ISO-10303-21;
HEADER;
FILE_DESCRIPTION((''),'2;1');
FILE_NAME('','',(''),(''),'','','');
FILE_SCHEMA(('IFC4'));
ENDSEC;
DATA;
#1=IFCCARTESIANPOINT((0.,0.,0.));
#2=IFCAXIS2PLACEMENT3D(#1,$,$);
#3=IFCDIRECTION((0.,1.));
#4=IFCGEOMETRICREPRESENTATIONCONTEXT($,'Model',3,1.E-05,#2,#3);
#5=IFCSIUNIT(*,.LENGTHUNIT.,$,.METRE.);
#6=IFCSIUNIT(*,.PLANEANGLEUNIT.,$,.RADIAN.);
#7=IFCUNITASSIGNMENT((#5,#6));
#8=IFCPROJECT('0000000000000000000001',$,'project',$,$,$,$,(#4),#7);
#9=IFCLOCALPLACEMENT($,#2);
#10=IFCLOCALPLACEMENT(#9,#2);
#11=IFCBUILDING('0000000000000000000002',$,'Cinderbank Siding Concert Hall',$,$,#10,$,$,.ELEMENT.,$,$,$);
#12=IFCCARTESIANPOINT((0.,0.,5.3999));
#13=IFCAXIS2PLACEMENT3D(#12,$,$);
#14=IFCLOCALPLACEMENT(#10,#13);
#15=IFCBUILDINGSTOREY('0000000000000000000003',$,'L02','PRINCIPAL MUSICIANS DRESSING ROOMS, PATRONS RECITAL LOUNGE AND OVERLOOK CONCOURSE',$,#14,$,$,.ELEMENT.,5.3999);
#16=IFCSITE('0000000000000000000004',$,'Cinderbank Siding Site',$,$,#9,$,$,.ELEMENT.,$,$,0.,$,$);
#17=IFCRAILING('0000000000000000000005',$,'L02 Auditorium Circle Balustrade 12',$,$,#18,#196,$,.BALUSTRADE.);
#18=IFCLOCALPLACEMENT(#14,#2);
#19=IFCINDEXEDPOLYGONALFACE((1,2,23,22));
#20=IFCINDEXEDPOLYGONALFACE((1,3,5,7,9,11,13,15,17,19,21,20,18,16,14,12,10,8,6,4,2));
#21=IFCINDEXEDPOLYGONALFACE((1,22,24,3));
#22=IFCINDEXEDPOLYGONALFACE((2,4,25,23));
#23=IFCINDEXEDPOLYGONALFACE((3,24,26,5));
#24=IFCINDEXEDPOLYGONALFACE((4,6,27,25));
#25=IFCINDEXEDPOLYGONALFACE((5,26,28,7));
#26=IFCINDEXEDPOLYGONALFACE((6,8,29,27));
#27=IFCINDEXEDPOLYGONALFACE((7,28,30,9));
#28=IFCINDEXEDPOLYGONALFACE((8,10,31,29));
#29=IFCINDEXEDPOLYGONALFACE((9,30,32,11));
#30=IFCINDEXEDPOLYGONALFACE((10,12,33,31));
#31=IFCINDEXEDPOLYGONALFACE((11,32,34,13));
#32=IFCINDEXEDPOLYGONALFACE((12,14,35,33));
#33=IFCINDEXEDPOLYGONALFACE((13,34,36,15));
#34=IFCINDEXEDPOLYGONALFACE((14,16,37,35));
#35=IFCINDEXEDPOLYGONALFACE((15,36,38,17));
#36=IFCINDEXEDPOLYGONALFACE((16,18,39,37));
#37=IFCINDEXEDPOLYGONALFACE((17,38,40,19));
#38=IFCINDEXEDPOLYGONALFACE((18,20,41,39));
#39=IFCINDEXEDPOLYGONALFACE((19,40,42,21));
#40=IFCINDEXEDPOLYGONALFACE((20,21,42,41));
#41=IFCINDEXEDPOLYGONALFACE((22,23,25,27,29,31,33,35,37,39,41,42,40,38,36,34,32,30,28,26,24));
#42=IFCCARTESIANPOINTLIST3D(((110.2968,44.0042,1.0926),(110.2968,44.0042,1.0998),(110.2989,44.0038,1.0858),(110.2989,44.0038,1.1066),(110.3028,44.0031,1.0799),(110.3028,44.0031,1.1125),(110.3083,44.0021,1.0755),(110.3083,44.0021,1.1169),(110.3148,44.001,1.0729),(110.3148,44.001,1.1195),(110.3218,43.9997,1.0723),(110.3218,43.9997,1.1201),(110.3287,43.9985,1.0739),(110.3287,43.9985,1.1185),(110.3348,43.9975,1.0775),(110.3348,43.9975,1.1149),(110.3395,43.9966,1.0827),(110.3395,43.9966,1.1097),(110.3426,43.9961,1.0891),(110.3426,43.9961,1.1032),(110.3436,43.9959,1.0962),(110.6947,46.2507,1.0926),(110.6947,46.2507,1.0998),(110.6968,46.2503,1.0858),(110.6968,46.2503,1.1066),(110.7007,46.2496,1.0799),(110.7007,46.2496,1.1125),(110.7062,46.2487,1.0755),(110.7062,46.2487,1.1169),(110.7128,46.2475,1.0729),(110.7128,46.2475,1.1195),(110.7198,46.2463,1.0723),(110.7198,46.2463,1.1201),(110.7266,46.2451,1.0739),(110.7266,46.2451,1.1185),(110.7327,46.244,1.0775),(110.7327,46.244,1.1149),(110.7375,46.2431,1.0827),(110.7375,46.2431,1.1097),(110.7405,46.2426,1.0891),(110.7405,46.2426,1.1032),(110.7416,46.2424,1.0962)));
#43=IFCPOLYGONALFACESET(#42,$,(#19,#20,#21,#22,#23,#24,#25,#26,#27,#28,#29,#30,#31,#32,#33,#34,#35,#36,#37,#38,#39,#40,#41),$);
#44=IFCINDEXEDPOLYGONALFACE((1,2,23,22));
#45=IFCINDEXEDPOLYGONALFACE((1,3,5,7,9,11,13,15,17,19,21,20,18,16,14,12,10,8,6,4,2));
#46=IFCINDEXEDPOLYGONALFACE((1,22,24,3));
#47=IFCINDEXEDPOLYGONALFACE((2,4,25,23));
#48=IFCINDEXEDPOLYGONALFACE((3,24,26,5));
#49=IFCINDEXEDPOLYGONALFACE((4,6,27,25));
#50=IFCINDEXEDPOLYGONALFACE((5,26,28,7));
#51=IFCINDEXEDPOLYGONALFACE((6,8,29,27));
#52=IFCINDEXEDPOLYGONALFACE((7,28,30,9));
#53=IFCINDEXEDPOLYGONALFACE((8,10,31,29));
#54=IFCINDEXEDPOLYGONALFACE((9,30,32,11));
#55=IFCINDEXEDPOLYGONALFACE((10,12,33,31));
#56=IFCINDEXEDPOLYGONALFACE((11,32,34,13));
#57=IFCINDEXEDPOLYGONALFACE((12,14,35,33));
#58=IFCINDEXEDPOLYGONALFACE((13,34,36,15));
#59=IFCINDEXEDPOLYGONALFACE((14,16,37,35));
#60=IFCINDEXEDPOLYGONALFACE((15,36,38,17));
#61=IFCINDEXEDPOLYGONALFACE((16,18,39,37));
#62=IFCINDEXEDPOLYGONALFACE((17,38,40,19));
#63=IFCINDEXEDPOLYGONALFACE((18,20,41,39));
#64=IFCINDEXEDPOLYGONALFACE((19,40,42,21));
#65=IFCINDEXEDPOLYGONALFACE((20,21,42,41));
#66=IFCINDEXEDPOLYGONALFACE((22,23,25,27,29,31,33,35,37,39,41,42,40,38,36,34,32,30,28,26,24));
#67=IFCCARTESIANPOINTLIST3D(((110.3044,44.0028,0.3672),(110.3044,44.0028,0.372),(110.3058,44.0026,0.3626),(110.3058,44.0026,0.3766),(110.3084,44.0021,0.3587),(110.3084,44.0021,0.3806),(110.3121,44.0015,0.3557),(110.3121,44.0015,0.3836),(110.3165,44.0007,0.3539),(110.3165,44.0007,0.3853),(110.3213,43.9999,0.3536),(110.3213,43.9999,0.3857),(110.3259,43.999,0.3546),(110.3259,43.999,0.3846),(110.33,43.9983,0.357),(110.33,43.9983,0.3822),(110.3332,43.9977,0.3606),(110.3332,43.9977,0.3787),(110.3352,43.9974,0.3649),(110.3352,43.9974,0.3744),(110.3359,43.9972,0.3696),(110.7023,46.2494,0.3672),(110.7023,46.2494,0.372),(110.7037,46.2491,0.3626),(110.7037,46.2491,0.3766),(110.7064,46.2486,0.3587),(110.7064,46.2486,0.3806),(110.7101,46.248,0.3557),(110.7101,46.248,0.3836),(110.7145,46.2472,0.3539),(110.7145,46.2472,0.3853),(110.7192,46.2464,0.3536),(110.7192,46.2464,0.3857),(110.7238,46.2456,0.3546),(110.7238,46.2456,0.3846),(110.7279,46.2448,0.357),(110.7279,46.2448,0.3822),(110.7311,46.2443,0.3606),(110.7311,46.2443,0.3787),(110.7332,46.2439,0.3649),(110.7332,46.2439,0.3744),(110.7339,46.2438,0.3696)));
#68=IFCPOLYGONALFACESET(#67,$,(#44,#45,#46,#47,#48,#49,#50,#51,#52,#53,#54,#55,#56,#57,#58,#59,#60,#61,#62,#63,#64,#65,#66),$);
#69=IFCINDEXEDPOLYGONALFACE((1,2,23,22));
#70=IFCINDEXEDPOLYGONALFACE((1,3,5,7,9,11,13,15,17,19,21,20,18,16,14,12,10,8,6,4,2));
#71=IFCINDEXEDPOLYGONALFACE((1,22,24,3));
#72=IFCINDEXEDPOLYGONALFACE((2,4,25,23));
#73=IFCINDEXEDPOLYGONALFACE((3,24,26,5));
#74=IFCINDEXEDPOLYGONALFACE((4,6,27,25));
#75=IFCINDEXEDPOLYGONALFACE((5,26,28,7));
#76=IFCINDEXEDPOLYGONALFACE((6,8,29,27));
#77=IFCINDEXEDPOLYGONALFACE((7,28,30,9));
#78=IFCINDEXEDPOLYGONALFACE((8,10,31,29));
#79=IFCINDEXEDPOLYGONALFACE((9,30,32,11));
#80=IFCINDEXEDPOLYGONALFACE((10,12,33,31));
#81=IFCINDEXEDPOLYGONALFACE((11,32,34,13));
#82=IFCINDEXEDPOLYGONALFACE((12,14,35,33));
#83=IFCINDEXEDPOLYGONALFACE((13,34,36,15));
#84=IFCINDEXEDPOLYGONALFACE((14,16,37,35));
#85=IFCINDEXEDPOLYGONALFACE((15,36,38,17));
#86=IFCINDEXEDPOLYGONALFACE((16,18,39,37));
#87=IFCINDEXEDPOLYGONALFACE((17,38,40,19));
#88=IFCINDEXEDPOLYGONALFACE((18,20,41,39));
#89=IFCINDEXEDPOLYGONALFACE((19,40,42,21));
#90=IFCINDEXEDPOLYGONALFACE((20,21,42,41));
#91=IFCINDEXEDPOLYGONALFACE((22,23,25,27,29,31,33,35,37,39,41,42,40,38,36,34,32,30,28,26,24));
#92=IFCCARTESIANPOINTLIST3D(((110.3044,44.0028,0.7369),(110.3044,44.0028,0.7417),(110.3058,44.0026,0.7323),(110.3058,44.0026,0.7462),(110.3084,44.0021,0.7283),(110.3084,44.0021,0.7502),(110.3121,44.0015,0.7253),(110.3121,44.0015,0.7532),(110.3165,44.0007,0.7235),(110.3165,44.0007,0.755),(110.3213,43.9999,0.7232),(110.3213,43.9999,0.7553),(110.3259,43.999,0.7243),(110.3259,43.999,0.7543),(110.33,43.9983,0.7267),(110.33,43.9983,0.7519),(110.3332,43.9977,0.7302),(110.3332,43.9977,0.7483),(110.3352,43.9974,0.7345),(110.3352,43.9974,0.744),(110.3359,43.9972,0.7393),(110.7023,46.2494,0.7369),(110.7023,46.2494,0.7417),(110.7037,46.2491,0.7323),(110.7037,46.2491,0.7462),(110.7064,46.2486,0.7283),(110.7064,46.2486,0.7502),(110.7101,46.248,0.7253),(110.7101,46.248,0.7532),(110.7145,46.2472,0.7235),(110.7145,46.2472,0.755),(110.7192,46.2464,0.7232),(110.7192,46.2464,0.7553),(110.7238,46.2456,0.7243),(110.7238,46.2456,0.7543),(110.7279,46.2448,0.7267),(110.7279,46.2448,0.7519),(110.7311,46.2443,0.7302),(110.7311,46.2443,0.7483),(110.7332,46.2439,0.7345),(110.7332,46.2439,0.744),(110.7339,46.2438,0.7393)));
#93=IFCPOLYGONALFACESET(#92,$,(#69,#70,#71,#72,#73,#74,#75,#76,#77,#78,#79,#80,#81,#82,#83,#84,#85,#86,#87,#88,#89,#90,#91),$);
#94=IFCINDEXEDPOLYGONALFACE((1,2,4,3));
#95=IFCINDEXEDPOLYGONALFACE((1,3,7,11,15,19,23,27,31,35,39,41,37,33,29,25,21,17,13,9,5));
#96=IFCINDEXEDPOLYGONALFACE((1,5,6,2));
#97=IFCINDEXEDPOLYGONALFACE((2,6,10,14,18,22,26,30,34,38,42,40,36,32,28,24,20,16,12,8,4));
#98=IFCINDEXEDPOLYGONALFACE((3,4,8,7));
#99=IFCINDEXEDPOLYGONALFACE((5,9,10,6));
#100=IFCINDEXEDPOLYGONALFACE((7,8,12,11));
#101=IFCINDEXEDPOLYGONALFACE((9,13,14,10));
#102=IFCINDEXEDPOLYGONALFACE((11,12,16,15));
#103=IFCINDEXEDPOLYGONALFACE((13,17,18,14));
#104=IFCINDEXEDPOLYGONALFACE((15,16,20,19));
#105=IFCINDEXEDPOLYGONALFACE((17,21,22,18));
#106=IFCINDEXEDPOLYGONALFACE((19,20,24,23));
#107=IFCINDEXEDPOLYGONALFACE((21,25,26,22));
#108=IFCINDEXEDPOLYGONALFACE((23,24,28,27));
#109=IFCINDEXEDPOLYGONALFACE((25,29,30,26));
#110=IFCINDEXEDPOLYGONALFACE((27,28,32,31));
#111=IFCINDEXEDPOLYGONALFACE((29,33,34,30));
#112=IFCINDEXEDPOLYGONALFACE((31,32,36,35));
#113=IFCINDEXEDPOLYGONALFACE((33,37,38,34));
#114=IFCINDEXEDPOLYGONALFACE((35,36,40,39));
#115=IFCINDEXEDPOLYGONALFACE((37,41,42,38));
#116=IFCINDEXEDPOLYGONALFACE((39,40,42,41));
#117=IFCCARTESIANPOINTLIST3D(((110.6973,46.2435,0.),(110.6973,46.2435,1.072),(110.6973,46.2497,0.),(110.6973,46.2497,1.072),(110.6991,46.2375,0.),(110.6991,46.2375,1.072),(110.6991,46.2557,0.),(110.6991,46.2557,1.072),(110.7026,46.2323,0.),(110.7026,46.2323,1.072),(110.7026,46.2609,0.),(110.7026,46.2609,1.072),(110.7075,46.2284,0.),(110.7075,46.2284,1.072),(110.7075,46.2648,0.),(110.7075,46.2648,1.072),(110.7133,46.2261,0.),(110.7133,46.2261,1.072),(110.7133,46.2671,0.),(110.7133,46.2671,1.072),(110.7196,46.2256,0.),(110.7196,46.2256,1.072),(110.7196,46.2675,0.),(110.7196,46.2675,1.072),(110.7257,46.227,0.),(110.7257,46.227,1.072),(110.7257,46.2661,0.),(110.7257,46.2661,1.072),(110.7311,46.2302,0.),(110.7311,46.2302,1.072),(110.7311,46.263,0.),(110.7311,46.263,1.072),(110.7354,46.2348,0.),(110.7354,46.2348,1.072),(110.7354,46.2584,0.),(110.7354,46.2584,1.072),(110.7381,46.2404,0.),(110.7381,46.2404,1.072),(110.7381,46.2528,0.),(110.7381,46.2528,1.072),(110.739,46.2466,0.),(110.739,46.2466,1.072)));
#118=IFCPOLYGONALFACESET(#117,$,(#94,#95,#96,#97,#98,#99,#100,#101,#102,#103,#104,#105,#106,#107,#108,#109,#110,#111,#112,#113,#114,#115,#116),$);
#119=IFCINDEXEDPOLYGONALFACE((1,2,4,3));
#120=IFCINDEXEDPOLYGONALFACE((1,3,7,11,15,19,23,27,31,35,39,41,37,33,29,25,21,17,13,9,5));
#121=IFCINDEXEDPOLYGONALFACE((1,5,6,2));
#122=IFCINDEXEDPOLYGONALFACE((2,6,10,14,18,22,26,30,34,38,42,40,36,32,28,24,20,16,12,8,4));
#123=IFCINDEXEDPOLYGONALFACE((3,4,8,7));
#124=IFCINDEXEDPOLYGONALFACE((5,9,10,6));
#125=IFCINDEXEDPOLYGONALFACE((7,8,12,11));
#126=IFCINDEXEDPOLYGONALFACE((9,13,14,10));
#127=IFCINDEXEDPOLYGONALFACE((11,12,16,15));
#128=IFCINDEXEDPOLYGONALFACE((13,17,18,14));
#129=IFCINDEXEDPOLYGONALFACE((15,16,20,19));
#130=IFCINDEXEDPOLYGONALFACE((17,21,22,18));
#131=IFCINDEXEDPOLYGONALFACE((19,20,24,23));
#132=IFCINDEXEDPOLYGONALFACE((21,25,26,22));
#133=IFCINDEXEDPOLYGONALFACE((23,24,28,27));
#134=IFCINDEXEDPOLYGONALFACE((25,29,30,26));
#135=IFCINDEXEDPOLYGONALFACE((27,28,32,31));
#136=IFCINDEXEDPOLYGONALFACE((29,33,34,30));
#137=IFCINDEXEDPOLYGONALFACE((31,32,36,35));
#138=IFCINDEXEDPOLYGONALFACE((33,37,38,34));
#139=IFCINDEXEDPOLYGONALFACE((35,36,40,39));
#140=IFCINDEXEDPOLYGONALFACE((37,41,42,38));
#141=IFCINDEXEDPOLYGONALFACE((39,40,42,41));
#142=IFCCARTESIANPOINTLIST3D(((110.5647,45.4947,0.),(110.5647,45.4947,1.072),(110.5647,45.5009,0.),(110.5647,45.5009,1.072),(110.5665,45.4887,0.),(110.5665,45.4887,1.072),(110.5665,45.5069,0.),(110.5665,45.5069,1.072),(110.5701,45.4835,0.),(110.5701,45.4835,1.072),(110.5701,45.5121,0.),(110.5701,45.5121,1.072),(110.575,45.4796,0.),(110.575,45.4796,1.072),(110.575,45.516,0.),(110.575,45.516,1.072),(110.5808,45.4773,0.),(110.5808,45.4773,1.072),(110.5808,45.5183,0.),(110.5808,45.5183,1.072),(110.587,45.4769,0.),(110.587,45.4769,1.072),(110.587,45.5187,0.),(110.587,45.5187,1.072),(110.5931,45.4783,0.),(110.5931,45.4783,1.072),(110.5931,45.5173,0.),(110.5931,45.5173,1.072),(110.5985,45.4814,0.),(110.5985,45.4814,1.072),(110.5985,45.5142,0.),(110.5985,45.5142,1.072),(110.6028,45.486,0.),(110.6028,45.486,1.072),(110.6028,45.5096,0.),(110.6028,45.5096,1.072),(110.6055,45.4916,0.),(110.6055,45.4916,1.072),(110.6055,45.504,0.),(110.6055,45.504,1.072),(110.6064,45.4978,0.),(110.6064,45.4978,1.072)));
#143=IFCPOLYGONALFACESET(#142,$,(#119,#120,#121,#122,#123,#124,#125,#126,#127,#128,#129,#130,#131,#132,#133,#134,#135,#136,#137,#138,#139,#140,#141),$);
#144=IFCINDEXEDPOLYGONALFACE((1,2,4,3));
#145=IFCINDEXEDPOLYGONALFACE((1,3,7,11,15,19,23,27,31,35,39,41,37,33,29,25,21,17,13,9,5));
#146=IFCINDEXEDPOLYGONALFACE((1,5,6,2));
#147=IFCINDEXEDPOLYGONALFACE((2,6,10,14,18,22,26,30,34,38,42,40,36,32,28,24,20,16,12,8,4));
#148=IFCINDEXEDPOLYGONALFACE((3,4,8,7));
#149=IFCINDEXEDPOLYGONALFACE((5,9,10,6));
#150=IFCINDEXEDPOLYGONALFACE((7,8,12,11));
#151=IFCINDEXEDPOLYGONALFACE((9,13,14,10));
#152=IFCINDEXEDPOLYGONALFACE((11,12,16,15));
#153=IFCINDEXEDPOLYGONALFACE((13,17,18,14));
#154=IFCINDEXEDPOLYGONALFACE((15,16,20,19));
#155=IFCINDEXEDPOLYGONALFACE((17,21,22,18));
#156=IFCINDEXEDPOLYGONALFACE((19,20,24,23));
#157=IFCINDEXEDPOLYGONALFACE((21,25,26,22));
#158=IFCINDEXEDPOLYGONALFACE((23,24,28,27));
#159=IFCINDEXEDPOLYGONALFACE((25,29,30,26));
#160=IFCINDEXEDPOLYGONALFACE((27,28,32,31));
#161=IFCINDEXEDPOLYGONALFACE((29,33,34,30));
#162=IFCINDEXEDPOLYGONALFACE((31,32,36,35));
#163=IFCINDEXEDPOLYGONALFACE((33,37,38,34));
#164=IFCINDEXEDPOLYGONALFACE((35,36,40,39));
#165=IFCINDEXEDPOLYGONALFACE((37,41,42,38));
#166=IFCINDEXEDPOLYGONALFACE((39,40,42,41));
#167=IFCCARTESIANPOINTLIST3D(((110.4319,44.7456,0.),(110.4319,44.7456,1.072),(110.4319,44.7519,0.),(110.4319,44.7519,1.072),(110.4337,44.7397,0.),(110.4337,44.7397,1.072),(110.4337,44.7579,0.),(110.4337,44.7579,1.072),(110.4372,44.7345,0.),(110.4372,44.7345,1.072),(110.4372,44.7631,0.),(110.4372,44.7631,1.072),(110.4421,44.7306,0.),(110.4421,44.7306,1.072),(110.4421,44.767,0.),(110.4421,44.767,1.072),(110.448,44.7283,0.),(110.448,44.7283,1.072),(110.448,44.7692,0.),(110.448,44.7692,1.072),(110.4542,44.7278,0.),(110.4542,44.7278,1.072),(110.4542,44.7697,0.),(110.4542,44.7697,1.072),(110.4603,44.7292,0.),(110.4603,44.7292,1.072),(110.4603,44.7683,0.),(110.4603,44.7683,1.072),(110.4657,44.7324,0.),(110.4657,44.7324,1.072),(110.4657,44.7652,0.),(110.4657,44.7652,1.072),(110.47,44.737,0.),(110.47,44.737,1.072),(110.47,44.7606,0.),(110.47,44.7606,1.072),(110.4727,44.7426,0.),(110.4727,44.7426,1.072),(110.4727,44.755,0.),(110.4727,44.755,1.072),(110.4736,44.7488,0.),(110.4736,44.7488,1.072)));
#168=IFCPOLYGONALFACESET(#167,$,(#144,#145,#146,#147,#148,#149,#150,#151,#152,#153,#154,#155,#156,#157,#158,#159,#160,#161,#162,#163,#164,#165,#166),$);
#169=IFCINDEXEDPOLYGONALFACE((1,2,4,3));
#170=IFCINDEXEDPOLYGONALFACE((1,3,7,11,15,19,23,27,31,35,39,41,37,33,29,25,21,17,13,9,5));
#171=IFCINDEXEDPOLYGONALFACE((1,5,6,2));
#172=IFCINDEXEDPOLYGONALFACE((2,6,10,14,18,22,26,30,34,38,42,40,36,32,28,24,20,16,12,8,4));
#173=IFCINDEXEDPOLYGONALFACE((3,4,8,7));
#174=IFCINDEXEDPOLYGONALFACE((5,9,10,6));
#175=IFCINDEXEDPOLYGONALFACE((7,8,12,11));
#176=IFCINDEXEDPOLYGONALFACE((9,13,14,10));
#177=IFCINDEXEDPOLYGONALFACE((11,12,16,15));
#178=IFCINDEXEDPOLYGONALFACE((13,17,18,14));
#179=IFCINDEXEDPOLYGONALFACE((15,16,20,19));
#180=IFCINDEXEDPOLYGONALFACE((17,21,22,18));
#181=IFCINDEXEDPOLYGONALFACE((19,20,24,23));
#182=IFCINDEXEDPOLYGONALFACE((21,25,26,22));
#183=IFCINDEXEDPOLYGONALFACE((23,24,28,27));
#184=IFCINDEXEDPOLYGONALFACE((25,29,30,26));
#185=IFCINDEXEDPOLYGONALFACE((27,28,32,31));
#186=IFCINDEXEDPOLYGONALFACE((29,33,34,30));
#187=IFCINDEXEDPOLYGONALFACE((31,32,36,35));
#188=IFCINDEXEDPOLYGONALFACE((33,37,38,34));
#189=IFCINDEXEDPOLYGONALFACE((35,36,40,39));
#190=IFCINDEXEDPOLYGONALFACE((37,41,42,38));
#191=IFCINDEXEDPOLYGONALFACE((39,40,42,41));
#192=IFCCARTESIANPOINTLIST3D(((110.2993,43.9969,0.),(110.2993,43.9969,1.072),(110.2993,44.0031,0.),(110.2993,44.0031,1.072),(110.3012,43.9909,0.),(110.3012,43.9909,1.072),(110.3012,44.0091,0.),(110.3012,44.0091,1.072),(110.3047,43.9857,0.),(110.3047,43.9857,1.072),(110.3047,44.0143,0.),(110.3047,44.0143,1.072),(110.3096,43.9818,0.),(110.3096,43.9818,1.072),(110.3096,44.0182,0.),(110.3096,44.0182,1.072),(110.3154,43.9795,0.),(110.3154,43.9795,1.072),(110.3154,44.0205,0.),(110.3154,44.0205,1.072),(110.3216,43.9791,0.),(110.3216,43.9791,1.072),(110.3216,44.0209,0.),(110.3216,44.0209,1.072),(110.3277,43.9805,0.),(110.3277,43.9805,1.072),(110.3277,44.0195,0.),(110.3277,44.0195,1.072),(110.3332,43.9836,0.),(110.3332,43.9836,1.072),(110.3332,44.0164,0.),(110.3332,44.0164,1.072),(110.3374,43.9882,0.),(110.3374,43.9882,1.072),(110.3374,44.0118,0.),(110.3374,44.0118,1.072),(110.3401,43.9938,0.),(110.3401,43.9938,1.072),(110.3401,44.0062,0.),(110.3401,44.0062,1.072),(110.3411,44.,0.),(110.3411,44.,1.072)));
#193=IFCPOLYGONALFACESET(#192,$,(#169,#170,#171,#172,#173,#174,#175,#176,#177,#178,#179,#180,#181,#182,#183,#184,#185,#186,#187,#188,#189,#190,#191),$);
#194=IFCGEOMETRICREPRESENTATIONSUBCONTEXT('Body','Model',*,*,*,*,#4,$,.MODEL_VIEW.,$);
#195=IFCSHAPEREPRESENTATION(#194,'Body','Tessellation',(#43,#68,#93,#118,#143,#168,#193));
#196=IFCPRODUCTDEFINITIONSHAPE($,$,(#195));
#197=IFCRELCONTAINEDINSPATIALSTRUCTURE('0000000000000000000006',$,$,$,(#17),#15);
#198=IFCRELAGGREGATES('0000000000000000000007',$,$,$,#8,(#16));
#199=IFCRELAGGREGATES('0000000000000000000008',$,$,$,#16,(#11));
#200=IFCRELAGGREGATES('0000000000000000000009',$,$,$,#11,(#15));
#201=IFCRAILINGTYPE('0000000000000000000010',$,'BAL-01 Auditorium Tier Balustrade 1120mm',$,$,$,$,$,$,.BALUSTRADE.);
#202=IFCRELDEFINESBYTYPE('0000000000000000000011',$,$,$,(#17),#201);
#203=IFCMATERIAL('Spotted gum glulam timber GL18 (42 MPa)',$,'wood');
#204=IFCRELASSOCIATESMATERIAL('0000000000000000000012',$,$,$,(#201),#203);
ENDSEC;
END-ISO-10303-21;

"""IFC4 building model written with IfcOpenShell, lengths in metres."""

from ifc_helpers import new_model, si_unit, direction, frame, origin, origin_2d, place, context, subcontext, project, spatial, circle, extrude, material, type_object, element, save


model = new_model("IFC4")

# Units and contexts
model_context = context("Model", 3, precision=1e-05, world=origin(), true_north=direction((0.0, 1.0)))
body_context = subcontext(model_context, "Body", "Model", "MODEL_VIEW")
ifc_project = project(units=[si_unit("LENGTHUNIT", "METRE"), si_unit("PLANEANGLEUNIT", "RADIAN")], contexts=[model_context])

# Site, building, storey
site_placement = place(None, origin())
site = spatial("IfcSite", under=ifc_project, at=site_placement, Name="Cinderbank Siding Site", CompositionType="ELEMENT", RefElevation=0.0)
building_placement = place(site_placement, origin())
building = spatial("IfcBuilding", under=site, at=building_placement, Name="Cinderbank Siding Concert Hall", CompositionType="ELEMENT")
storey_placement = place(building_placement, frame((0.0, 0.0, 5.3999)))
storey = spatial("IfcBuildingStorey", under=building, at=storey_placement, Name="L02", Description="PRINCIPAL MUSICIANS DRESSING ROOMS, PATRONS RECITAL LOUNGE AND OVERLOOK CONCOURSE", CompositionType="ELEMENT", Elevation=5.3999)

# Railing
ifc_material_1 = material(Name="Spotted gum glulam timber GL18 (42 MPa)", Category="wood")
railing_type = type_object("IfcRailingType", Name="BAL-01 Auditorium Tier Balustrade 1120mm", PredefinedType="BALUSTRADE", material=ifc_material_1)
railing_1_placement = place(storey_placement, frame((110.718, 46.2466, 0.0)))
element("IfcRailing", 1, at=railing_1_placement, inside=storey, type_object=railing_type, Name="L02 Auditorium Circle Balustrade 12", PredefinedType="BALUSTRADE", context=body_context, shape_type="SweptSolid", body=[
    extrude(circle(Radius=0.0239, at=origin_2d()), frame((0.0, 0.0, 1.0962), z_axis=(-0.17442, -0.984671, 0.0), x_axis=(0.984671, -0.17442, 0.0)), (0.0, 0.0, 1.0), 2.2815),
    extrude(circle(Radius=0.0161, at=origin_2d()), frame((0.0, 0.0, 0.3696), z_axis=(-0.17442, -0.984671, 0.0), x_axis=(0.984671, -0.17442, 0.0)), (0.0, 0.0, 1.0), 2.2815),
    extrude(circle(Radius=0.0161, at=origin_2d()), frame((0.0, 0.0, 0.7393), z_axis=(-0.17442, -0.984671, 0.0), x_axis=(0.984671, -0.17442, 0.0)), (0.0, 0.0, 1.0), 2.2815),
    extrude(circle(Radius=0.021, at=origin_2d()), origin(), (0.0, 0.0, 1.0), 1.072),
    extrude(circle(Radius=0.021, at=origin_2d()), frame((-0.1326, -0.7488, 0.0)), (0.0, 0.0, 1.0), 1.072),
    extrude(circle(Radius=0.021, at=origin_2d()), frame((-0.2654, -1.4978, 0.0)), (0.0, 0.0, 1.0), 1.072),
    extrude(circle(Radius=0.021, at=origin_2d()), frame((-0.3979, -2.2466, 0.0)), (0.0, 0.0, 1.0), 1.072),
])

save(model, "model.ifc")
